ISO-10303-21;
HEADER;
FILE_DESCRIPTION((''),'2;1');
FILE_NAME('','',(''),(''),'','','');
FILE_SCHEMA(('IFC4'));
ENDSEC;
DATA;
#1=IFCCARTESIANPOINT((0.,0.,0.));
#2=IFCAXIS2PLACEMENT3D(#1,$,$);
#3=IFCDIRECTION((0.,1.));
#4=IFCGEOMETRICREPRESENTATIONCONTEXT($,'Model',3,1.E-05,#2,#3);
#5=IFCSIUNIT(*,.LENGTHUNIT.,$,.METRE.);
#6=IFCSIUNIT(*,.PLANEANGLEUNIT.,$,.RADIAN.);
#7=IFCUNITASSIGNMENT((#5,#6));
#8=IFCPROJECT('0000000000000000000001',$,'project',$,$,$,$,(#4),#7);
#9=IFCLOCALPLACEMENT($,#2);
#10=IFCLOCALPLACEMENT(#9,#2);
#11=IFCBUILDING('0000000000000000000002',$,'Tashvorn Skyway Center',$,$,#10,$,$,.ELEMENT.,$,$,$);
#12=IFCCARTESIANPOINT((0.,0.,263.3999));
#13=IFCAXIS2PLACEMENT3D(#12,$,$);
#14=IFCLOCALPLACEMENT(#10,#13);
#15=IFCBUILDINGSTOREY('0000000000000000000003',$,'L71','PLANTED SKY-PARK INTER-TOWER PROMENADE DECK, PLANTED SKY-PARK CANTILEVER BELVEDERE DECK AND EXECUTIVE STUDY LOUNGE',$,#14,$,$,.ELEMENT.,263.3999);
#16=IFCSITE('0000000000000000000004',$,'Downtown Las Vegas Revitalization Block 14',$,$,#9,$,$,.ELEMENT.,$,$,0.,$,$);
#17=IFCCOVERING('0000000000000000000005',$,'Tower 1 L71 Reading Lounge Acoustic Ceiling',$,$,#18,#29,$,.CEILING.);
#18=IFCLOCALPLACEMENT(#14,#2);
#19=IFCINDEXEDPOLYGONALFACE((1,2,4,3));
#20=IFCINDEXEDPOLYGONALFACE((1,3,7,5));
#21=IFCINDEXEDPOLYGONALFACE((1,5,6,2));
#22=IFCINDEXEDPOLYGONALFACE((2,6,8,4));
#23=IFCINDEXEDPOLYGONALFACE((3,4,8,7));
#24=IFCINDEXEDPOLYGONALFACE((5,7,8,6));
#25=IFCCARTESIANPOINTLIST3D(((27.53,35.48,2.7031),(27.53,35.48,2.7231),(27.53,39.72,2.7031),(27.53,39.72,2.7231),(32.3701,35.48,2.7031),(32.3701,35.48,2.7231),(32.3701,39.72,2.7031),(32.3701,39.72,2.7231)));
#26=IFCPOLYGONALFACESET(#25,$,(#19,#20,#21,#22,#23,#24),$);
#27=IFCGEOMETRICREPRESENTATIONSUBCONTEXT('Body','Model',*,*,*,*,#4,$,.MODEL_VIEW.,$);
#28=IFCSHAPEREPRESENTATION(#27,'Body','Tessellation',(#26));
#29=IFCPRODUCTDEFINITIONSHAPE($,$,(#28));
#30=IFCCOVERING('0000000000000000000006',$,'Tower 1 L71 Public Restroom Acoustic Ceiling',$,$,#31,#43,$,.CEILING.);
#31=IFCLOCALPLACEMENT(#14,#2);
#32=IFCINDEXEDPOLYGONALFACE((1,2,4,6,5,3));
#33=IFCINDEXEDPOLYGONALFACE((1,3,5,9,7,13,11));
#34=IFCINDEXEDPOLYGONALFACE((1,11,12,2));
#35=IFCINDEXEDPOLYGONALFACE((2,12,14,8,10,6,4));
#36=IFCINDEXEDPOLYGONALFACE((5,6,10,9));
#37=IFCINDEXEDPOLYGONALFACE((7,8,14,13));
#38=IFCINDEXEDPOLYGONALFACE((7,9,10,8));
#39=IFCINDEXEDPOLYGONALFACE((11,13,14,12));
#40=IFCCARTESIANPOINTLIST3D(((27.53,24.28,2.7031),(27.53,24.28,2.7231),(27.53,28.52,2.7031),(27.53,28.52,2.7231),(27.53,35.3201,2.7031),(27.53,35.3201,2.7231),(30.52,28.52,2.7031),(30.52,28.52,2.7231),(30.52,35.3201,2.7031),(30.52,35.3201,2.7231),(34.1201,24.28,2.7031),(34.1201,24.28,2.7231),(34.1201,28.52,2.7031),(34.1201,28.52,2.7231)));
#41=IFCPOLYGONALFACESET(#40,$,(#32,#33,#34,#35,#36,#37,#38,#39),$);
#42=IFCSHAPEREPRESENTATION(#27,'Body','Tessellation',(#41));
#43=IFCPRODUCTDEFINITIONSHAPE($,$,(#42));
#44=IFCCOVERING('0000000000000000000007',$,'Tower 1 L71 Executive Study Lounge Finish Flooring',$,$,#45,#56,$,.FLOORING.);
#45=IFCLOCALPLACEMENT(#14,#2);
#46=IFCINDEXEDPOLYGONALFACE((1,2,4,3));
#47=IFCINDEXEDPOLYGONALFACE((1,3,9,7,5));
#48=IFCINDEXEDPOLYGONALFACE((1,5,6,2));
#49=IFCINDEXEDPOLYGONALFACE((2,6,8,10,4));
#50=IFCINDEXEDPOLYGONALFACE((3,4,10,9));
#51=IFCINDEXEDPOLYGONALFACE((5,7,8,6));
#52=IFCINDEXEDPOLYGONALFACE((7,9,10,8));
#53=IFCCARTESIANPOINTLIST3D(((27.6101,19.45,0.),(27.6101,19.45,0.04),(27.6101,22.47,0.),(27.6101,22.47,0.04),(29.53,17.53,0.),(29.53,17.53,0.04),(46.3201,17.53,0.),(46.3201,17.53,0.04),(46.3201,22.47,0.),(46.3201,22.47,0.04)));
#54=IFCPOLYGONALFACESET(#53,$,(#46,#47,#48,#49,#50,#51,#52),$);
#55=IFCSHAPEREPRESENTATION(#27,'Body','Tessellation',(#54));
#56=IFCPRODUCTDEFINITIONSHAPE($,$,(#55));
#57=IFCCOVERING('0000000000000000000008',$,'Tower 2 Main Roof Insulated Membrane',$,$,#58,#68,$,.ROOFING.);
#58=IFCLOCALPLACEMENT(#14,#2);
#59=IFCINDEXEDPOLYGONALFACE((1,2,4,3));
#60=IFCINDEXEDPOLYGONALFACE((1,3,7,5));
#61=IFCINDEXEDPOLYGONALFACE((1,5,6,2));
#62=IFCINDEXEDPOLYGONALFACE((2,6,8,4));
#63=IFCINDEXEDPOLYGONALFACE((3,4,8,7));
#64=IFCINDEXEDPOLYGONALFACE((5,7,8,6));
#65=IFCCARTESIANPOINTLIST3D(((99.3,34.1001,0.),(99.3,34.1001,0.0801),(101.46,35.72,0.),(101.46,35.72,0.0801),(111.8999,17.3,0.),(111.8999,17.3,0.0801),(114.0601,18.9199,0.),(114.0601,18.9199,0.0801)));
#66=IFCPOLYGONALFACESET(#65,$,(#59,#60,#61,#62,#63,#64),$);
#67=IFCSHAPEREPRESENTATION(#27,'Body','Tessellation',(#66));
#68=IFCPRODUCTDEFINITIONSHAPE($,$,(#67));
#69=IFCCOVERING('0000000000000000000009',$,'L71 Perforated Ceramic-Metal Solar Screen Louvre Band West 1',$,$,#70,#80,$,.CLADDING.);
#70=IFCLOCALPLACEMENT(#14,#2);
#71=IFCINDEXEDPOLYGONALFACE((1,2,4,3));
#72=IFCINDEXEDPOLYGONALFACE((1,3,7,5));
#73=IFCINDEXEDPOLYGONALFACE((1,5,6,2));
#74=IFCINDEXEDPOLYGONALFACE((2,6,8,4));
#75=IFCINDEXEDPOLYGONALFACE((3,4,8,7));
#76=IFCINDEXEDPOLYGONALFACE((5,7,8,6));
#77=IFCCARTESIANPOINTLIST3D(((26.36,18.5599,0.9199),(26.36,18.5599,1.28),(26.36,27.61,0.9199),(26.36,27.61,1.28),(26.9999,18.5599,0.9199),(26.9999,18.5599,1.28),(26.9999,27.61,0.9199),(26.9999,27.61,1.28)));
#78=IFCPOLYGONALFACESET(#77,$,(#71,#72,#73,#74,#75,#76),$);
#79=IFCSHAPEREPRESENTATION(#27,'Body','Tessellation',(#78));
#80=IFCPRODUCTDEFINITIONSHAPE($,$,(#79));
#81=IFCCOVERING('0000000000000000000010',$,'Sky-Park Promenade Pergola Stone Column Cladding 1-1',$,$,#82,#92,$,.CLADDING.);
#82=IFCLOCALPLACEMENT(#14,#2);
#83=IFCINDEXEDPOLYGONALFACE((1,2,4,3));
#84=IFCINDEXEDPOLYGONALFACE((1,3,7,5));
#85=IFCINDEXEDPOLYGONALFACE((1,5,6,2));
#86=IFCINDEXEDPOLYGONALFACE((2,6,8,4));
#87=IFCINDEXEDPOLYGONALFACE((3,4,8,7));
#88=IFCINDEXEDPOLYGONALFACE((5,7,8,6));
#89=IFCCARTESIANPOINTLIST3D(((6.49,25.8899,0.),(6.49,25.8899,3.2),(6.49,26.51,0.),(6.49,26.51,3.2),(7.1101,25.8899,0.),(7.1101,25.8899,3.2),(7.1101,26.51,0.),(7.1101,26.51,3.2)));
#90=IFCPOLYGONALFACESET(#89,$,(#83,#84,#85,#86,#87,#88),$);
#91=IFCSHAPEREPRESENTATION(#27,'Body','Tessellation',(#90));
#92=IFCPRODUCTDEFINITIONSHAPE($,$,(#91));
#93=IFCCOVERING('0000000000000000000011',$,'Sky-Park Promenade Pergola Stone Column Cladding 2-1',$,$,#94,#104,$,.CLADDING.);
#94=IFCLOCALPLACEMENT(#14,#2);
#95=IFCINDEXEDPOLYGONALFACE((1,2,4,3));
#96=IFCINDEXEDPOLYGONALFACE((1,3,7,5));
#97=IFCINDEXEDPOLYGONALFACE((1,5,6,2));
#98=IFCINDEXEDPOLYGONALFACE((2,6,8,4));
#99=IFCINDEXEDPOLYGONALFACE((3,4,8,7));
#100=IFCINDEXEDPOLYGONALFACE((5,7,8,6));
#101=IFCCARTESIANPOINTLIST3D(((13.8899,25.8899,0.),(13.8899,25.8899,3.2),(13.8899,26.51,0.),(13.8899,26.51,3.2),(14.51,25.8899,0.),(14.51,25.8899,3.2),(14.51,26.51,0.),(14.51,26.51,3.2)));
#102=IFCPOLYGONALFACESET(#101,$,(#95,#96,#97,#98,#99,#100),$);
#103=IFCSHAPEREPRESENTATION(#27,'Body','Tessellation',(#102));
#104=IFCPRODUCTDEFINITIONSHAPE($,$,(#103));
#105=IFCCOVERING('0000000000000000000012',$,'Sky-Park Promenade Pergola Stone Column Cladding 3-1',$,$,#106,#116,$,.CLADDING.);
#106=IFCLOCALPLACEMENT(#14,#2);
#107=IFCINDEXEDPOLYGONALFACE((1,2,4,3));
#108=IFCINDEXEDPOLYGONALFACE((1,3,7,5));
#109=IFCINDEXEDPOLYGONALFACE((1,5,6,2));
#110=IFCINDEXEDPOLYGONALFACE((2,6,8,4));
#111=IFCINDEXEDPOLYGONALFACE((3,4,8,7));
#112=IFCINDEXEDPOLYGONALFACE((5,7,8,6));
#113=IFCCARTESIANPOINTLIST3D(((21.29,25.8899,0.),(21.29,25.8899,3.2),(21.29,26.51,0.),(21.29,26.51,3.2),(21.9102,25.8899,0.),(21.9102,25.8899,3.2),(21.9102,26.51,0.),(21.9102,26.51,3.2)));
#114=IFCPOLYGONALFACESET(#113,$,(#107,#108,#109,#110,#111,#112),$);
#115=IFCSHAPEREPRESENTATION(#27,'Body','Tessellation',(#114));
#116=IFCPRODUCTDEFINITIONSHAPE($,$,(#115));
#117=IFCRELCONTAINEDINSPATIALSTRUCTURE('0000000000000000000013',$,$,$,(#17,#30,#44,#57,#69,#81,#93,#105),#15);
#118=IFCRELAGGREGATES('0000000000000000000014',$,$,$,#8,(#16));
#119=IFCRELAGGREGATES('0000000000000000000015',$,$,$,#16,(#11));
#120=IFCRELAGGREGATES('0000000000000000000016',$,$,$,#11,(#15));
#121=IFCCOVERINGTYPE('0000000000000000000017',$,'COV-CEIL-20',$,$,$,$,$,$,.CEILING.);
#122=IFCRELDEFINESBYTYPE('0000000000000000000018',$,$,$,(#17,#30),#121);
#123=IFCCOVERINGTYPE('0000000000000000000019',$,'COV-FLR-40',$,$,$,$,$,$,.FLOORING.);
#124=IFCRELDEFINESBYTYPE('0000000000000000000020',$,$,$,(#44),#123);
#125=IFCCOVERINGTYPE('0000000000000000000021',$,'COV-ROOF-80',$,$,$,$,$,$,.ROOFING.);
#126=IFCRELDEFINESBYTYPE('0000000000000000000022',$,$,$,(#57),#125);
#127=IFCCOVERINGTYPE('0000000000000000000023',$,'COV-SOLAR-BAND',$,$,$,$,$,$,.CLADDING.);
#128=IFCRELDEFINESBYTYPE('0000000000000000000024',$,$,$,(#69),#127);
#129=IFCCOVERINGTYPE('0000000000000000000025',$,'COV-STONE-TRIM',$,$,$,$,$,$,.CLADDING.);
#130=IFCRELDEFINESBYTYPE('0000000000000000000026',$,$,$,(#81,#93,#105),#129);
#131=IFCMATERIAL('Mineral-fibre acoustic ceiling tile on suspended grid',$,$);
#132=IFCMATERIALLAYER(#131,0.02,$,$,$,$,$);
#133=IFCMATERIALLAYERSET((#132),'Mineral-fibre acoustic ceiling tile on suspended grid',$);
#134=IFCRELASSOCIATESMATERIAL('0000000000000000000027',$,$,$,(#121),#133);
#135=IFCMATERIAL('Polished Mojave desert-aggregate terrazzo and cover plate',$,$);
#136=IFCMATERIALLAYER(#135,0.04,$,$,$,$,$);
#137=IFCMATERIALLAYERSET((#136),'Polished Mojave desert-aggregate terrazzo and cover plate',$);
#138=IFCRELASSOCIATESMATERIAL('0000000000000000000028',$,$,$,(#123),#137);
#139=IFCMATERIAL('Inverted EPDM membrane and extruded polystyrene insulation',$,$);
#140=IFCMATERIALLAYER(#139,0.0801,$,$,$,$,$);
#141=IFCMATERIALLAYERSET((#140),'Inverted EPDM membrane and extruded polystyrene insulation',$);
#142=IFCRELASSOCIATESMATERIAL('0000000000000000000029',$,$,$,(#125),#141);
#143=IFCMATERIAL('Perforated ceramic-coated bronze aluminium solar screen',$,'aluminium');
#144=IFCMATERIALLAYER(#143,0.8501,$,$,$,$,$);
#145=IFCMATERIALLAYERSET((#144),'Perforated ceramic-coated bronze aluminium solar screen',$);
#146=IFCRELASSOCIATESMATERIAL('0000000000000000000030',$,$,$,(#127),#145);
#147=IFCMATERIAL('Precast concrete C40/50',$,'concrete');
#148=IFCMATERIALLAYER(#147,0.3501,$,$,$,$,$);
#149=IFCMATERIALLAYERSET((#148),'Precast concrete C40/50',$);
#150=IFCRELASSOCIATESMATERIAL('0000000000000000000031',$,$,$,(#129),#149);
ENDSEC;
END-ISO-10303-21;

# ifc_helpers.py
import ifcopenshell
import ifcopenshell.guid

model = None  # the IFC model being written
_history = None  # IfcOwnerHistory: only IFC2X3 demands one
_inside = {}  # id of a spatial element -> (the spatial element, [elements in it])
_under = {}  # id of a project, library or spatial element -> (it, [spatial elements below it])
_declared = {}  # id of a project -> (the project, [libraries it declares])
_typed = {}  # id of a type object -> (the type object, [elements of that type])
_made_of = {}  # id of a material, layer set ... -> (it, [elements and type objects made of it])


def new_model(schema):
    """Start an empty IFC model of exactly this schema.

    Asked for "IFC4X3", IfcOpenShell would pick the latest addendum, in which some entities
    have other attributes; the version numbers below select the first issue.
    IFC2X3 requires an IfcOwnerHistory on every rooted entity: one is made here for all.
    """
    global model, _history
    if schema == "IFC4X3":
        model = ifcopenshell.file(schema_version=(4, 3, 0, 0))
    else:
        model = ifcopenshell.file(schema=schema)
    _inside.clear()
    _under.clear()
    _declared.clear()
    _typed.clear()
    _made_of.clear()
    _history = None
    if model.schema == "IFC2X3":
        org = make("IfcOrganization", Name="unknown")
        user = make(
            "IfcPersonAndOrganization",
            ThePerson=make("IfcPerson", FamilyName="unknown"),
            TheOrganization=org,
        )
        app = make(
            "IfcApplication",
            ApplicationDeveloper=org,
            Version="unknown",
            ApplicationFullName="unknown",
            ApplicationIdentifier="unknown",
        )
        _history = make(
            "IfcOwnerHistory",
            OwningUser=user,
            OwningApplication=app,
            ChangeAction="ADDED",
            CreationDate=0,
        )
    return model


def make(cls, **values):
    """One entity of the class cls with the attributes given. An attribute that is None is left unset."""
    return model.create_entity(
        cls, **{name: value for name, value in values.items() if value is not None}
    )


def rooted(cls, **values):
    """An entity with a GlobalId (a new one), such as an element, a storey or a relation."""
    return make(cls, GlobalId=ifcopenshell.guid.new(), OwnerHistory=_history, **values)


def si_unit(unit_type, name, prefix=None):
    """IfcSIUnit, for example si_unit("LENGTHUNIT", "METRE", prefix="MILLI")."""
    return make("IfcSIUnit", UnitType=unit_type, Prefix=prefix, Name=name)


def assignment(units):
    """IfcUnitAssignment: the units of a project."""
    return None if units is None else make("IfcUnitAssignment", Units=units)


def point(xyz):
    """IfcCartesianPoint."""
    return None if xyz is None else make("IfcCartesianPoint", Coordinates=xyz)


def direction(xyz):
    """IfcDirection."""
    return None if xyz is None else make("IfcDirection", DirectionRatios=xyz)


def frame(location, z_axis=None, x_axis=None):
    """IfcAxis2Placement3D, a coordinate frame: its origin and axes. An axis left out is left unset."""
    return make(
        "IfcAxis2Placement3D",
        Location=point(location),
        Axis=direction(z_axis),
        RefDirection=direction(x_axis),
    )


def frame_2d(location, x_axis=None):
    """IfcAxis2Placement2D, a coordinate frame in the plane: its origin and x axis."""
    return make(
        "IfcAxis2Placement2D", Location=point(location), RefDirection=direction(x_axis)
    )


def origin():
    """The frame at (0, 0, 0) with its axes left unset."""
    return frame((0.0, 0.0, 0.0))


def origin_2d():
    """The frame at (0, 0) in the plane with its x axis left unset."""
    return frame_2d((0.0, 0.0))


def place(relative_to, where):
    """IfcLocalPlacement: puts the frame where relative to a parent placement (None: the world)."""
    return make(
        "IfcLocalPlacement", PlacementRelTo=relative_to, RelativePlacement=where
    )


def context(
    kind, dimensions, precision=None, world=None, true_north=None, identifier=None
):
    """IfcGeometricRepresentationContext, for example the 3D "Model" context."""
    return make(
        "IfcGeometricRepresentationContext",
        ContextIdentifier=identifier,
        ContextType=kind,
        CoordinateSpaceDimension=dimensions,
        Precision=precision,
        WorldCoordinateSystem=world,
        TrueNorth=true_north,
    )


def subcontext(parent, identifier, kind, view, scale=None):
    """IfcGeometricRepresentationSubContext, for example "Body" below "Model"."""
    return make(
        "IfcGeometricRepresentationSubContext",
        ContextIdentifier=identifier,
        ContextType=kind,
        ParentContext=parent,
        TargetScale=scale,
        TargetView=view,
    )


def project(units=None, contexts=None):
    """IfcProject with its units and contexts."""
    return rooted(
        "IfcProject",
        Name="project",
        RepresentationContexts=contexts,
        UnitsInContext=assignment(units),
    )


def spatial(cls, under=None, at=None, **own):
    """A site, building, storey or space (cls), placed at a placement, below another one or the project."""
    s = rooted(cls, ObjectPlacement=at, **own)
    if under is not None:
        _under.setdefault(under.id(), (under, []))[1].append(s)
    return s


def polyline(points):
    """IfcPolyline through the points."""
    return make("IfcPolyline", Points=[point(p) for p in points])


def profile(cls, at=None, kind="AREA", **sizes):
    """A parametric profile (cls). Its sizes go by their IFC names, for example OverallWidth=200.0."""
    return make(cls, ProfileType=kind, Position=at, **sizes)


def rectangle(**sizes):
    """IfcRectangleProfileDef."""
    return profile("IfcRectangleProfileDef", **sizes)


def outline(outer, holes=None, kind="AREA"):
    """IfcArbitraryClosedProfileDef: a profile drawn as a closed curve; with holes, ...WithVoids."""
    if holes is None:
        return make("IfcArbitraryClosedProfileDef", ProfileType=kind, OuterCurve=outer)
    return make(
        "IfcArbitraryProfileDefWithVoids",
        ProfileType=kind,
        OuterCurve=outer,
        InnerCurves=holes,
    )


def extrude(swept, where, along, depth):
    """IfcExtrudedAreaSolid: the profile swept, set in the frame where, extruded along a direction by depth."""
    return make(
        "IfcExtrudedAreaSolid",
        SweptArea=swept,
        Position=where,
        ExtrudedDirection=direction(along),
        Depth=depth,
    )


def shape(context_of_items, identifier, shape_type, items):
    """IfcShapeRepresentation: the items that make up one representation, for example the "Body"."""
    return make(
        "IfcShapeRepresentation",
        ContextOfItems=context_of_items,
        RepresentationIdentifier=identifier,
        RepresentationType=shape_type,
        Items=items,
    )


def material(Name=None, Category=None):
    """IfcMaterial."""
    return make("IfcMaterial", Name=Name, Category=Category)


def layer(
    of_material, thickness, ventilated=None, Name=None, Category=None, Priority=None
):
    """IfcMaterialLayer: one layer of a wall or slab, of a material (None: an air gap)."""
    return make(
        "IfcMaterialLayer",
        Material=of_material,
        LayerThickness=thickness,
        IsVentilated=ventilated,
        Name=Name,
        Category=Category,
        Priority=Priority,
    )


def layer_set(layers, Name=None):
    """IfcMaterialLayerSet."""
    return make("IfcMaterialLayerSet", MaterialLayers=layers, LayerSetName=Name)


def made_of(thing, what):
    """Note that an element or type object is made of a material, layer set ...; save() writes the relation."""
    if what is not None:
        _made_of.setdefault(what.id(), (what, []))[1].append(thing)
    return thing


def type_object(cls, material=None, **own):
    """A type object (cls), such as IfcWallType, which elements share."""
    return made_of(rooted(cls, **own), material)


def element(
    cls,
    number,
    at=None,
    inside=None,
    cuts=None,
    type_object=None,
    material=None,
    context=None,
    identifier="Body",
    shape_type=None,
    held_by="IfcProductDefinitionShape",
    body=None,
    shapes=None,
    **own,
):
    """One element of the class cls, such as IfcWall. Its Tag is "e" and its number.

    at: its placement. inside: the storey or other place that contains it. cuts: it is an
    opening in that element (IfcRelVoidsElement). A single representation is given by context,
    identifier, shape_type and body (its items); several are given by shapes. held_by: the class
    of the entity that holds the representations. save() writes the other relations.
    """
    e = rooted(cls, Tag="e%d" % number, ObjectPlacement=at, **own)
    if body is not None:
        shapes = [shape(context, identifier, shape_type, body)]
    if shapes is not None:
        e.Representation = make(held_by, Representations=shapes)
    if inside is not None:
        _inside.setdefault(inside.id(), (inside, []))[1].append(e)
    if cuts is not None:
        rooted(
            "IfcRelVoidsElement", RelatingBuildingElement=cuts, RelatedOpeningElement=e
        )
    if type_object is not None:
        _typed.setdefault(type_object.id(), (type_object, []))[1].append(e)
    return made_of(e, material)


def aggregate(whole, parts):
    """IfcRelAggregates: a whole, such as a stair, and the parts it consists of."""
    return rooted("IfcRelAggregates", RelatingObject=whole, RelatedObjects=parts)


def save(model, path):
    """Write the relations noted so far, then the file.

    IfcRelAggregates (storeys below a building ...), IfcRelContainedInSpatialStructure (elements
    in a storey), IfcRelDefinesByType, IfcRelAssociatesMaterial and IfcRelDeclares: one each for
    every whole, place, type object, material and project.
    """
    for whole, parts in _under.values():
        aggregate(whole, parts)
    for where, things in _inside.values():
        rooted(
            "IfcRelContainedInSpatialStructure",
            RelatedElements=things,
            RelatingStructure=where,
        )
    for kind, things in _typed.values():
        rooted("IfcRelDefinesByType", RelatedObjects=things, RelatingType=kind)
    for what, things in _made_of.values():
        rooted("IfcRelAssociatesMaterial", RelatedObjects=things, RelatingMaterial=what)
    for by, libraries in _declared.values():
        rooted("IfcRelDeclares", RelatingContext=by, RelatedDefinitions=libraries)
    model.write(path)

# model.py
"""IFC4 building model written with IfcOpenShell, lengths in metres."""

from ifc_helpers import new_model, si_unit, direction, frame, origin, origin_2d, place, context, subcontext, project, spatial, polyline, rectangle, outline, extrude, material, layer, layer_set, type_object, element, save


model = new_model("IFC4")

# Units and contexts
model_context = context("Model", 3, precision=1e-05, world=origin(), true_north=direction((0.0, 1.0)))
body_context = subcontext(model_context, "Body", "Model", "MODEL_VIEW")
ifc_project = project(units=[si_unit("LENGTHUNIT", "METRE"), si_unit("PLANEANGLEUNIT", "RADIAN")], contexts=[model_context])

# Site, building, storey
site_placement = place(None, origin())
site = spatial("IfcSite", under=ifc_project, at=site_placement, Name="Downtown Las Vegas Revitalization Block 14", CompositionType="ELEMENT", RefElevation=0.0)
building_placement = place(site_placement, origin())
building = spatial("IfcBuilding", under=site, at=building_placement, Name="Tashvorn Skyway Center", CompositionType="ELEMENT")
storey_placement = place(building_placement, frame((0.0, 0.0, 263.3999)))
storey = spatial("IfcBuildingStorey", under=building, at=storey_placement, Name="L71", Description="PLANTED SKY-PARK INTER-TOWER PROMENADE DECK, PLANTED SKY-PARK CANTILEVER BELVEDERE DECK AND EXECUTIVE STUDY LOUNGE", CompositionType="ELEMENT", Elevation=263.3999)

# Coverings
ifc_material_1 = material(Name="Mineral-fibre acoustic ceiling tile on suspended grid")
ifc_layer_1 = layer(ifc_material_1, 0.02)
ifc_layer_set_1 = layer_set([ifc_layer_1], Name="Mineral-fibre acoustic ceiling tile on suspended grid")
covering_type_1 = type_object("IfcCoveringType", Name="COV-CEIL-20", PredefinedType="CEILING", material=ifc_layer_set_1)
covering_1_placement = place(storey_placement, frame((0.0, 0.0, 2.7031)))
element("IfcCovering", 1, at=covering_1_placement, inside=storey, type_object=covering_type_1, Name="Tower 1 L71 Reading Lounge Acoustic Ceiling", PredefinedType="CEILING", context=body_context, shape_type="SweptSolid", body=[
    extrude(outline(polyline([(32.3701, 39.72), (32.3701, 35.48), (27.53, 35.48), (27.53, 39.72), (32.3701, 39.72)])), origin(), (0.0, 0.0, 1.0), 0.02),
])
covering_2_placement = place(storey_placement, frame((0.0, 0.0, 2.7031)))
element("IfcCovering", 2, at=covering_2_placement, inside=storey, type_object=covering_type_1, Name="Tower 1 L71 Public Restroom Acoustic Ceiling", PredefinedType="CEILING", context=body_context, shape_type="SweptSolid", body=[
    extrude(outline(polyline([(34.1201, 24.28), (27.53, 24.28), (27.53, 28.52), (27.53, 35.3201), (30.52, 35.3201), (30.52, 28.52), (34.1201, 28.52), (34.1201, 24.28)])), origin(), (0.0, 0.0, 1.0), 0.02),
])
ifc_material_2 = material(Name="Polished Mojave desert-aggregate terrazzo and cover plate")
ifc_layer_2 = layer(ifc_material_2, 0.04)
ifc_layer_set_2 = layer_set([ifc_layer_2], Name="Polished Mojave desert-aggregate terrazzo and cover plate")
covering_type_2 = type_object("IfcCoveringType", Name="COV-FLR-40", PredefinedType="FLOORING", material=ifc_layer_set_2)
covering_3_placement = place(storey_placement, origin())
element("IfcCovering", 3, at=covering_3_placement, inside=storey, type_object=covering_type_2, Name="Tower 1 L71 Executive Study Lounge Finish Flooring", PredefinedType="FLOORING", context=body_context, shape_type="SweptSolid", body=[
    extrude(outline(polyline([(29.53, 17.53), (27.6101, 19.45), (27.6101, 22.47), (46.3201, 22.47), (46.3201, 17.53), (29.53, 17.53)])), origin(), (0.0, 0.0, 1.0), 0.04),
])
ifc_material_3 = material(Name="Inverted EPDM membrane and extruded polystyrene insulation")
ifc_layer_3 = layer(ifc_material_3, 0.0801)
ifc_layer_set_3 = layer_set([ifc_layer_3], Name="Inverted EPDM membrane and extruded polystyrene insulation")
covering_type_3 = type_object("IfcCoveringType", Name="COV-ROOF-80", PredefinedType="ROOFING", material=ifc_layer_set_3)
covering_4_placement = place(storey_placement, origin())
element("IfcCovering", 4, at=covering_4_placement, inside=storey, type_object=covering_type_3, Name="Tower 2 Main Roof Insulated Membrane", PredefinedType="ROOFING", context=body_context, shape_type="SweptSolid", body=[
    extrude(outline(polyline([(111.8999, 17.3), (114.0601, 18.9199), (101.46, 35.72), (99.3, 34.1001), (111.8999, 17.3)])), origin(), (0.0, 0.0, 1.0), 0.0801),
])
ifc_material_4 = material(Name="Perforated ceramic-coated bronze aluminium solar screen", Category="aluminium")
ifc_layer_4 = layer(ifc_material_4, 0.8501)
ifc_layer_set_4 = layer_set([ifc_layer_4], Name="Perforated ceramic-coated bronze aluminium solar screen")
covering_type_4 = type_object("IfcCoveringType", Name="COV-SOLAR-BAND", PredefinedType="CLADDING", material=ifc_layer_set_4)
covering_5_placement = place(storey_placement, frame((26.6799, 23.085, 0.9199), z_axis=(0.0, 0.0, 1.0), x_axis=(0.0, 1.0, 0.0)))
element("IfcCovering", 5, at=covering_5_placement, inside=storey, type_object=covering_type_4, Name="L71 Perforated Ceramic-Metal Solar Screen Louvre Band West 1", PredefinedType="CLADDING", context=body_context, shape_type="SweptSolid", body=[
    extrude(rectangle(XDim=9.05, YDim=0.6399, at=origin_2d()), origin(), (0.0, 0.0, 1.0), 0.3601),
])
ifc_material_5 = material(Name="Precast concrete C40/50", Category="concrete")
ifc_layer_5 = layer(ifc_material_5, 0.3501)
ifc_layer_set_5 = layer_set([ifc_layer_5], Name="Precast concrete C40/50")
covering_type_5 = type_object("IfcCoveringType", Name="COV-STONE-TRIM", PredefinedType="CLADDING", material=ifc_layer_set_5)
for number, where, z_axis, x_axis, name in (
    (6, (6.8, 26.2, 0.0), (0.0, 0.0, 1.0), (1.0, 0.0, 0.0), "Sky-Park Promenade Pergola Stone Column Cladding 1-1"),
    (7, (14.2, 26.2, 0.0), (0.0, 0.0, 1.0), (1.0, 0.0, 0.0), "Sky-Park Promenade Pergola Stone Column Cladding 2-1"),
    (8, (21.6001, 26.2, 0.0), (0.0, 0.0, 1.0), (1.0, 0.0, 0.0), "Sky-Park Promenade Pergola Stone Column Cladding 3-1"),
):
    element("IfcCovering", number, at=place(storey_placement, frame(where, z_axis=z_axis, x_axis=x_axis)), inside=storey, type_object=covering_type_5, Name=name, PredefinedType="CLADDING", context=body_context, shape_type="SweptSolid", body=[
        extrude(rectangle(XDim=0.6201, YDim=0.6201, at=origin_2d()), origin(), (0.0, 0.0, 1.0), 3.2),
    ])

save(model, "model.ifc")
